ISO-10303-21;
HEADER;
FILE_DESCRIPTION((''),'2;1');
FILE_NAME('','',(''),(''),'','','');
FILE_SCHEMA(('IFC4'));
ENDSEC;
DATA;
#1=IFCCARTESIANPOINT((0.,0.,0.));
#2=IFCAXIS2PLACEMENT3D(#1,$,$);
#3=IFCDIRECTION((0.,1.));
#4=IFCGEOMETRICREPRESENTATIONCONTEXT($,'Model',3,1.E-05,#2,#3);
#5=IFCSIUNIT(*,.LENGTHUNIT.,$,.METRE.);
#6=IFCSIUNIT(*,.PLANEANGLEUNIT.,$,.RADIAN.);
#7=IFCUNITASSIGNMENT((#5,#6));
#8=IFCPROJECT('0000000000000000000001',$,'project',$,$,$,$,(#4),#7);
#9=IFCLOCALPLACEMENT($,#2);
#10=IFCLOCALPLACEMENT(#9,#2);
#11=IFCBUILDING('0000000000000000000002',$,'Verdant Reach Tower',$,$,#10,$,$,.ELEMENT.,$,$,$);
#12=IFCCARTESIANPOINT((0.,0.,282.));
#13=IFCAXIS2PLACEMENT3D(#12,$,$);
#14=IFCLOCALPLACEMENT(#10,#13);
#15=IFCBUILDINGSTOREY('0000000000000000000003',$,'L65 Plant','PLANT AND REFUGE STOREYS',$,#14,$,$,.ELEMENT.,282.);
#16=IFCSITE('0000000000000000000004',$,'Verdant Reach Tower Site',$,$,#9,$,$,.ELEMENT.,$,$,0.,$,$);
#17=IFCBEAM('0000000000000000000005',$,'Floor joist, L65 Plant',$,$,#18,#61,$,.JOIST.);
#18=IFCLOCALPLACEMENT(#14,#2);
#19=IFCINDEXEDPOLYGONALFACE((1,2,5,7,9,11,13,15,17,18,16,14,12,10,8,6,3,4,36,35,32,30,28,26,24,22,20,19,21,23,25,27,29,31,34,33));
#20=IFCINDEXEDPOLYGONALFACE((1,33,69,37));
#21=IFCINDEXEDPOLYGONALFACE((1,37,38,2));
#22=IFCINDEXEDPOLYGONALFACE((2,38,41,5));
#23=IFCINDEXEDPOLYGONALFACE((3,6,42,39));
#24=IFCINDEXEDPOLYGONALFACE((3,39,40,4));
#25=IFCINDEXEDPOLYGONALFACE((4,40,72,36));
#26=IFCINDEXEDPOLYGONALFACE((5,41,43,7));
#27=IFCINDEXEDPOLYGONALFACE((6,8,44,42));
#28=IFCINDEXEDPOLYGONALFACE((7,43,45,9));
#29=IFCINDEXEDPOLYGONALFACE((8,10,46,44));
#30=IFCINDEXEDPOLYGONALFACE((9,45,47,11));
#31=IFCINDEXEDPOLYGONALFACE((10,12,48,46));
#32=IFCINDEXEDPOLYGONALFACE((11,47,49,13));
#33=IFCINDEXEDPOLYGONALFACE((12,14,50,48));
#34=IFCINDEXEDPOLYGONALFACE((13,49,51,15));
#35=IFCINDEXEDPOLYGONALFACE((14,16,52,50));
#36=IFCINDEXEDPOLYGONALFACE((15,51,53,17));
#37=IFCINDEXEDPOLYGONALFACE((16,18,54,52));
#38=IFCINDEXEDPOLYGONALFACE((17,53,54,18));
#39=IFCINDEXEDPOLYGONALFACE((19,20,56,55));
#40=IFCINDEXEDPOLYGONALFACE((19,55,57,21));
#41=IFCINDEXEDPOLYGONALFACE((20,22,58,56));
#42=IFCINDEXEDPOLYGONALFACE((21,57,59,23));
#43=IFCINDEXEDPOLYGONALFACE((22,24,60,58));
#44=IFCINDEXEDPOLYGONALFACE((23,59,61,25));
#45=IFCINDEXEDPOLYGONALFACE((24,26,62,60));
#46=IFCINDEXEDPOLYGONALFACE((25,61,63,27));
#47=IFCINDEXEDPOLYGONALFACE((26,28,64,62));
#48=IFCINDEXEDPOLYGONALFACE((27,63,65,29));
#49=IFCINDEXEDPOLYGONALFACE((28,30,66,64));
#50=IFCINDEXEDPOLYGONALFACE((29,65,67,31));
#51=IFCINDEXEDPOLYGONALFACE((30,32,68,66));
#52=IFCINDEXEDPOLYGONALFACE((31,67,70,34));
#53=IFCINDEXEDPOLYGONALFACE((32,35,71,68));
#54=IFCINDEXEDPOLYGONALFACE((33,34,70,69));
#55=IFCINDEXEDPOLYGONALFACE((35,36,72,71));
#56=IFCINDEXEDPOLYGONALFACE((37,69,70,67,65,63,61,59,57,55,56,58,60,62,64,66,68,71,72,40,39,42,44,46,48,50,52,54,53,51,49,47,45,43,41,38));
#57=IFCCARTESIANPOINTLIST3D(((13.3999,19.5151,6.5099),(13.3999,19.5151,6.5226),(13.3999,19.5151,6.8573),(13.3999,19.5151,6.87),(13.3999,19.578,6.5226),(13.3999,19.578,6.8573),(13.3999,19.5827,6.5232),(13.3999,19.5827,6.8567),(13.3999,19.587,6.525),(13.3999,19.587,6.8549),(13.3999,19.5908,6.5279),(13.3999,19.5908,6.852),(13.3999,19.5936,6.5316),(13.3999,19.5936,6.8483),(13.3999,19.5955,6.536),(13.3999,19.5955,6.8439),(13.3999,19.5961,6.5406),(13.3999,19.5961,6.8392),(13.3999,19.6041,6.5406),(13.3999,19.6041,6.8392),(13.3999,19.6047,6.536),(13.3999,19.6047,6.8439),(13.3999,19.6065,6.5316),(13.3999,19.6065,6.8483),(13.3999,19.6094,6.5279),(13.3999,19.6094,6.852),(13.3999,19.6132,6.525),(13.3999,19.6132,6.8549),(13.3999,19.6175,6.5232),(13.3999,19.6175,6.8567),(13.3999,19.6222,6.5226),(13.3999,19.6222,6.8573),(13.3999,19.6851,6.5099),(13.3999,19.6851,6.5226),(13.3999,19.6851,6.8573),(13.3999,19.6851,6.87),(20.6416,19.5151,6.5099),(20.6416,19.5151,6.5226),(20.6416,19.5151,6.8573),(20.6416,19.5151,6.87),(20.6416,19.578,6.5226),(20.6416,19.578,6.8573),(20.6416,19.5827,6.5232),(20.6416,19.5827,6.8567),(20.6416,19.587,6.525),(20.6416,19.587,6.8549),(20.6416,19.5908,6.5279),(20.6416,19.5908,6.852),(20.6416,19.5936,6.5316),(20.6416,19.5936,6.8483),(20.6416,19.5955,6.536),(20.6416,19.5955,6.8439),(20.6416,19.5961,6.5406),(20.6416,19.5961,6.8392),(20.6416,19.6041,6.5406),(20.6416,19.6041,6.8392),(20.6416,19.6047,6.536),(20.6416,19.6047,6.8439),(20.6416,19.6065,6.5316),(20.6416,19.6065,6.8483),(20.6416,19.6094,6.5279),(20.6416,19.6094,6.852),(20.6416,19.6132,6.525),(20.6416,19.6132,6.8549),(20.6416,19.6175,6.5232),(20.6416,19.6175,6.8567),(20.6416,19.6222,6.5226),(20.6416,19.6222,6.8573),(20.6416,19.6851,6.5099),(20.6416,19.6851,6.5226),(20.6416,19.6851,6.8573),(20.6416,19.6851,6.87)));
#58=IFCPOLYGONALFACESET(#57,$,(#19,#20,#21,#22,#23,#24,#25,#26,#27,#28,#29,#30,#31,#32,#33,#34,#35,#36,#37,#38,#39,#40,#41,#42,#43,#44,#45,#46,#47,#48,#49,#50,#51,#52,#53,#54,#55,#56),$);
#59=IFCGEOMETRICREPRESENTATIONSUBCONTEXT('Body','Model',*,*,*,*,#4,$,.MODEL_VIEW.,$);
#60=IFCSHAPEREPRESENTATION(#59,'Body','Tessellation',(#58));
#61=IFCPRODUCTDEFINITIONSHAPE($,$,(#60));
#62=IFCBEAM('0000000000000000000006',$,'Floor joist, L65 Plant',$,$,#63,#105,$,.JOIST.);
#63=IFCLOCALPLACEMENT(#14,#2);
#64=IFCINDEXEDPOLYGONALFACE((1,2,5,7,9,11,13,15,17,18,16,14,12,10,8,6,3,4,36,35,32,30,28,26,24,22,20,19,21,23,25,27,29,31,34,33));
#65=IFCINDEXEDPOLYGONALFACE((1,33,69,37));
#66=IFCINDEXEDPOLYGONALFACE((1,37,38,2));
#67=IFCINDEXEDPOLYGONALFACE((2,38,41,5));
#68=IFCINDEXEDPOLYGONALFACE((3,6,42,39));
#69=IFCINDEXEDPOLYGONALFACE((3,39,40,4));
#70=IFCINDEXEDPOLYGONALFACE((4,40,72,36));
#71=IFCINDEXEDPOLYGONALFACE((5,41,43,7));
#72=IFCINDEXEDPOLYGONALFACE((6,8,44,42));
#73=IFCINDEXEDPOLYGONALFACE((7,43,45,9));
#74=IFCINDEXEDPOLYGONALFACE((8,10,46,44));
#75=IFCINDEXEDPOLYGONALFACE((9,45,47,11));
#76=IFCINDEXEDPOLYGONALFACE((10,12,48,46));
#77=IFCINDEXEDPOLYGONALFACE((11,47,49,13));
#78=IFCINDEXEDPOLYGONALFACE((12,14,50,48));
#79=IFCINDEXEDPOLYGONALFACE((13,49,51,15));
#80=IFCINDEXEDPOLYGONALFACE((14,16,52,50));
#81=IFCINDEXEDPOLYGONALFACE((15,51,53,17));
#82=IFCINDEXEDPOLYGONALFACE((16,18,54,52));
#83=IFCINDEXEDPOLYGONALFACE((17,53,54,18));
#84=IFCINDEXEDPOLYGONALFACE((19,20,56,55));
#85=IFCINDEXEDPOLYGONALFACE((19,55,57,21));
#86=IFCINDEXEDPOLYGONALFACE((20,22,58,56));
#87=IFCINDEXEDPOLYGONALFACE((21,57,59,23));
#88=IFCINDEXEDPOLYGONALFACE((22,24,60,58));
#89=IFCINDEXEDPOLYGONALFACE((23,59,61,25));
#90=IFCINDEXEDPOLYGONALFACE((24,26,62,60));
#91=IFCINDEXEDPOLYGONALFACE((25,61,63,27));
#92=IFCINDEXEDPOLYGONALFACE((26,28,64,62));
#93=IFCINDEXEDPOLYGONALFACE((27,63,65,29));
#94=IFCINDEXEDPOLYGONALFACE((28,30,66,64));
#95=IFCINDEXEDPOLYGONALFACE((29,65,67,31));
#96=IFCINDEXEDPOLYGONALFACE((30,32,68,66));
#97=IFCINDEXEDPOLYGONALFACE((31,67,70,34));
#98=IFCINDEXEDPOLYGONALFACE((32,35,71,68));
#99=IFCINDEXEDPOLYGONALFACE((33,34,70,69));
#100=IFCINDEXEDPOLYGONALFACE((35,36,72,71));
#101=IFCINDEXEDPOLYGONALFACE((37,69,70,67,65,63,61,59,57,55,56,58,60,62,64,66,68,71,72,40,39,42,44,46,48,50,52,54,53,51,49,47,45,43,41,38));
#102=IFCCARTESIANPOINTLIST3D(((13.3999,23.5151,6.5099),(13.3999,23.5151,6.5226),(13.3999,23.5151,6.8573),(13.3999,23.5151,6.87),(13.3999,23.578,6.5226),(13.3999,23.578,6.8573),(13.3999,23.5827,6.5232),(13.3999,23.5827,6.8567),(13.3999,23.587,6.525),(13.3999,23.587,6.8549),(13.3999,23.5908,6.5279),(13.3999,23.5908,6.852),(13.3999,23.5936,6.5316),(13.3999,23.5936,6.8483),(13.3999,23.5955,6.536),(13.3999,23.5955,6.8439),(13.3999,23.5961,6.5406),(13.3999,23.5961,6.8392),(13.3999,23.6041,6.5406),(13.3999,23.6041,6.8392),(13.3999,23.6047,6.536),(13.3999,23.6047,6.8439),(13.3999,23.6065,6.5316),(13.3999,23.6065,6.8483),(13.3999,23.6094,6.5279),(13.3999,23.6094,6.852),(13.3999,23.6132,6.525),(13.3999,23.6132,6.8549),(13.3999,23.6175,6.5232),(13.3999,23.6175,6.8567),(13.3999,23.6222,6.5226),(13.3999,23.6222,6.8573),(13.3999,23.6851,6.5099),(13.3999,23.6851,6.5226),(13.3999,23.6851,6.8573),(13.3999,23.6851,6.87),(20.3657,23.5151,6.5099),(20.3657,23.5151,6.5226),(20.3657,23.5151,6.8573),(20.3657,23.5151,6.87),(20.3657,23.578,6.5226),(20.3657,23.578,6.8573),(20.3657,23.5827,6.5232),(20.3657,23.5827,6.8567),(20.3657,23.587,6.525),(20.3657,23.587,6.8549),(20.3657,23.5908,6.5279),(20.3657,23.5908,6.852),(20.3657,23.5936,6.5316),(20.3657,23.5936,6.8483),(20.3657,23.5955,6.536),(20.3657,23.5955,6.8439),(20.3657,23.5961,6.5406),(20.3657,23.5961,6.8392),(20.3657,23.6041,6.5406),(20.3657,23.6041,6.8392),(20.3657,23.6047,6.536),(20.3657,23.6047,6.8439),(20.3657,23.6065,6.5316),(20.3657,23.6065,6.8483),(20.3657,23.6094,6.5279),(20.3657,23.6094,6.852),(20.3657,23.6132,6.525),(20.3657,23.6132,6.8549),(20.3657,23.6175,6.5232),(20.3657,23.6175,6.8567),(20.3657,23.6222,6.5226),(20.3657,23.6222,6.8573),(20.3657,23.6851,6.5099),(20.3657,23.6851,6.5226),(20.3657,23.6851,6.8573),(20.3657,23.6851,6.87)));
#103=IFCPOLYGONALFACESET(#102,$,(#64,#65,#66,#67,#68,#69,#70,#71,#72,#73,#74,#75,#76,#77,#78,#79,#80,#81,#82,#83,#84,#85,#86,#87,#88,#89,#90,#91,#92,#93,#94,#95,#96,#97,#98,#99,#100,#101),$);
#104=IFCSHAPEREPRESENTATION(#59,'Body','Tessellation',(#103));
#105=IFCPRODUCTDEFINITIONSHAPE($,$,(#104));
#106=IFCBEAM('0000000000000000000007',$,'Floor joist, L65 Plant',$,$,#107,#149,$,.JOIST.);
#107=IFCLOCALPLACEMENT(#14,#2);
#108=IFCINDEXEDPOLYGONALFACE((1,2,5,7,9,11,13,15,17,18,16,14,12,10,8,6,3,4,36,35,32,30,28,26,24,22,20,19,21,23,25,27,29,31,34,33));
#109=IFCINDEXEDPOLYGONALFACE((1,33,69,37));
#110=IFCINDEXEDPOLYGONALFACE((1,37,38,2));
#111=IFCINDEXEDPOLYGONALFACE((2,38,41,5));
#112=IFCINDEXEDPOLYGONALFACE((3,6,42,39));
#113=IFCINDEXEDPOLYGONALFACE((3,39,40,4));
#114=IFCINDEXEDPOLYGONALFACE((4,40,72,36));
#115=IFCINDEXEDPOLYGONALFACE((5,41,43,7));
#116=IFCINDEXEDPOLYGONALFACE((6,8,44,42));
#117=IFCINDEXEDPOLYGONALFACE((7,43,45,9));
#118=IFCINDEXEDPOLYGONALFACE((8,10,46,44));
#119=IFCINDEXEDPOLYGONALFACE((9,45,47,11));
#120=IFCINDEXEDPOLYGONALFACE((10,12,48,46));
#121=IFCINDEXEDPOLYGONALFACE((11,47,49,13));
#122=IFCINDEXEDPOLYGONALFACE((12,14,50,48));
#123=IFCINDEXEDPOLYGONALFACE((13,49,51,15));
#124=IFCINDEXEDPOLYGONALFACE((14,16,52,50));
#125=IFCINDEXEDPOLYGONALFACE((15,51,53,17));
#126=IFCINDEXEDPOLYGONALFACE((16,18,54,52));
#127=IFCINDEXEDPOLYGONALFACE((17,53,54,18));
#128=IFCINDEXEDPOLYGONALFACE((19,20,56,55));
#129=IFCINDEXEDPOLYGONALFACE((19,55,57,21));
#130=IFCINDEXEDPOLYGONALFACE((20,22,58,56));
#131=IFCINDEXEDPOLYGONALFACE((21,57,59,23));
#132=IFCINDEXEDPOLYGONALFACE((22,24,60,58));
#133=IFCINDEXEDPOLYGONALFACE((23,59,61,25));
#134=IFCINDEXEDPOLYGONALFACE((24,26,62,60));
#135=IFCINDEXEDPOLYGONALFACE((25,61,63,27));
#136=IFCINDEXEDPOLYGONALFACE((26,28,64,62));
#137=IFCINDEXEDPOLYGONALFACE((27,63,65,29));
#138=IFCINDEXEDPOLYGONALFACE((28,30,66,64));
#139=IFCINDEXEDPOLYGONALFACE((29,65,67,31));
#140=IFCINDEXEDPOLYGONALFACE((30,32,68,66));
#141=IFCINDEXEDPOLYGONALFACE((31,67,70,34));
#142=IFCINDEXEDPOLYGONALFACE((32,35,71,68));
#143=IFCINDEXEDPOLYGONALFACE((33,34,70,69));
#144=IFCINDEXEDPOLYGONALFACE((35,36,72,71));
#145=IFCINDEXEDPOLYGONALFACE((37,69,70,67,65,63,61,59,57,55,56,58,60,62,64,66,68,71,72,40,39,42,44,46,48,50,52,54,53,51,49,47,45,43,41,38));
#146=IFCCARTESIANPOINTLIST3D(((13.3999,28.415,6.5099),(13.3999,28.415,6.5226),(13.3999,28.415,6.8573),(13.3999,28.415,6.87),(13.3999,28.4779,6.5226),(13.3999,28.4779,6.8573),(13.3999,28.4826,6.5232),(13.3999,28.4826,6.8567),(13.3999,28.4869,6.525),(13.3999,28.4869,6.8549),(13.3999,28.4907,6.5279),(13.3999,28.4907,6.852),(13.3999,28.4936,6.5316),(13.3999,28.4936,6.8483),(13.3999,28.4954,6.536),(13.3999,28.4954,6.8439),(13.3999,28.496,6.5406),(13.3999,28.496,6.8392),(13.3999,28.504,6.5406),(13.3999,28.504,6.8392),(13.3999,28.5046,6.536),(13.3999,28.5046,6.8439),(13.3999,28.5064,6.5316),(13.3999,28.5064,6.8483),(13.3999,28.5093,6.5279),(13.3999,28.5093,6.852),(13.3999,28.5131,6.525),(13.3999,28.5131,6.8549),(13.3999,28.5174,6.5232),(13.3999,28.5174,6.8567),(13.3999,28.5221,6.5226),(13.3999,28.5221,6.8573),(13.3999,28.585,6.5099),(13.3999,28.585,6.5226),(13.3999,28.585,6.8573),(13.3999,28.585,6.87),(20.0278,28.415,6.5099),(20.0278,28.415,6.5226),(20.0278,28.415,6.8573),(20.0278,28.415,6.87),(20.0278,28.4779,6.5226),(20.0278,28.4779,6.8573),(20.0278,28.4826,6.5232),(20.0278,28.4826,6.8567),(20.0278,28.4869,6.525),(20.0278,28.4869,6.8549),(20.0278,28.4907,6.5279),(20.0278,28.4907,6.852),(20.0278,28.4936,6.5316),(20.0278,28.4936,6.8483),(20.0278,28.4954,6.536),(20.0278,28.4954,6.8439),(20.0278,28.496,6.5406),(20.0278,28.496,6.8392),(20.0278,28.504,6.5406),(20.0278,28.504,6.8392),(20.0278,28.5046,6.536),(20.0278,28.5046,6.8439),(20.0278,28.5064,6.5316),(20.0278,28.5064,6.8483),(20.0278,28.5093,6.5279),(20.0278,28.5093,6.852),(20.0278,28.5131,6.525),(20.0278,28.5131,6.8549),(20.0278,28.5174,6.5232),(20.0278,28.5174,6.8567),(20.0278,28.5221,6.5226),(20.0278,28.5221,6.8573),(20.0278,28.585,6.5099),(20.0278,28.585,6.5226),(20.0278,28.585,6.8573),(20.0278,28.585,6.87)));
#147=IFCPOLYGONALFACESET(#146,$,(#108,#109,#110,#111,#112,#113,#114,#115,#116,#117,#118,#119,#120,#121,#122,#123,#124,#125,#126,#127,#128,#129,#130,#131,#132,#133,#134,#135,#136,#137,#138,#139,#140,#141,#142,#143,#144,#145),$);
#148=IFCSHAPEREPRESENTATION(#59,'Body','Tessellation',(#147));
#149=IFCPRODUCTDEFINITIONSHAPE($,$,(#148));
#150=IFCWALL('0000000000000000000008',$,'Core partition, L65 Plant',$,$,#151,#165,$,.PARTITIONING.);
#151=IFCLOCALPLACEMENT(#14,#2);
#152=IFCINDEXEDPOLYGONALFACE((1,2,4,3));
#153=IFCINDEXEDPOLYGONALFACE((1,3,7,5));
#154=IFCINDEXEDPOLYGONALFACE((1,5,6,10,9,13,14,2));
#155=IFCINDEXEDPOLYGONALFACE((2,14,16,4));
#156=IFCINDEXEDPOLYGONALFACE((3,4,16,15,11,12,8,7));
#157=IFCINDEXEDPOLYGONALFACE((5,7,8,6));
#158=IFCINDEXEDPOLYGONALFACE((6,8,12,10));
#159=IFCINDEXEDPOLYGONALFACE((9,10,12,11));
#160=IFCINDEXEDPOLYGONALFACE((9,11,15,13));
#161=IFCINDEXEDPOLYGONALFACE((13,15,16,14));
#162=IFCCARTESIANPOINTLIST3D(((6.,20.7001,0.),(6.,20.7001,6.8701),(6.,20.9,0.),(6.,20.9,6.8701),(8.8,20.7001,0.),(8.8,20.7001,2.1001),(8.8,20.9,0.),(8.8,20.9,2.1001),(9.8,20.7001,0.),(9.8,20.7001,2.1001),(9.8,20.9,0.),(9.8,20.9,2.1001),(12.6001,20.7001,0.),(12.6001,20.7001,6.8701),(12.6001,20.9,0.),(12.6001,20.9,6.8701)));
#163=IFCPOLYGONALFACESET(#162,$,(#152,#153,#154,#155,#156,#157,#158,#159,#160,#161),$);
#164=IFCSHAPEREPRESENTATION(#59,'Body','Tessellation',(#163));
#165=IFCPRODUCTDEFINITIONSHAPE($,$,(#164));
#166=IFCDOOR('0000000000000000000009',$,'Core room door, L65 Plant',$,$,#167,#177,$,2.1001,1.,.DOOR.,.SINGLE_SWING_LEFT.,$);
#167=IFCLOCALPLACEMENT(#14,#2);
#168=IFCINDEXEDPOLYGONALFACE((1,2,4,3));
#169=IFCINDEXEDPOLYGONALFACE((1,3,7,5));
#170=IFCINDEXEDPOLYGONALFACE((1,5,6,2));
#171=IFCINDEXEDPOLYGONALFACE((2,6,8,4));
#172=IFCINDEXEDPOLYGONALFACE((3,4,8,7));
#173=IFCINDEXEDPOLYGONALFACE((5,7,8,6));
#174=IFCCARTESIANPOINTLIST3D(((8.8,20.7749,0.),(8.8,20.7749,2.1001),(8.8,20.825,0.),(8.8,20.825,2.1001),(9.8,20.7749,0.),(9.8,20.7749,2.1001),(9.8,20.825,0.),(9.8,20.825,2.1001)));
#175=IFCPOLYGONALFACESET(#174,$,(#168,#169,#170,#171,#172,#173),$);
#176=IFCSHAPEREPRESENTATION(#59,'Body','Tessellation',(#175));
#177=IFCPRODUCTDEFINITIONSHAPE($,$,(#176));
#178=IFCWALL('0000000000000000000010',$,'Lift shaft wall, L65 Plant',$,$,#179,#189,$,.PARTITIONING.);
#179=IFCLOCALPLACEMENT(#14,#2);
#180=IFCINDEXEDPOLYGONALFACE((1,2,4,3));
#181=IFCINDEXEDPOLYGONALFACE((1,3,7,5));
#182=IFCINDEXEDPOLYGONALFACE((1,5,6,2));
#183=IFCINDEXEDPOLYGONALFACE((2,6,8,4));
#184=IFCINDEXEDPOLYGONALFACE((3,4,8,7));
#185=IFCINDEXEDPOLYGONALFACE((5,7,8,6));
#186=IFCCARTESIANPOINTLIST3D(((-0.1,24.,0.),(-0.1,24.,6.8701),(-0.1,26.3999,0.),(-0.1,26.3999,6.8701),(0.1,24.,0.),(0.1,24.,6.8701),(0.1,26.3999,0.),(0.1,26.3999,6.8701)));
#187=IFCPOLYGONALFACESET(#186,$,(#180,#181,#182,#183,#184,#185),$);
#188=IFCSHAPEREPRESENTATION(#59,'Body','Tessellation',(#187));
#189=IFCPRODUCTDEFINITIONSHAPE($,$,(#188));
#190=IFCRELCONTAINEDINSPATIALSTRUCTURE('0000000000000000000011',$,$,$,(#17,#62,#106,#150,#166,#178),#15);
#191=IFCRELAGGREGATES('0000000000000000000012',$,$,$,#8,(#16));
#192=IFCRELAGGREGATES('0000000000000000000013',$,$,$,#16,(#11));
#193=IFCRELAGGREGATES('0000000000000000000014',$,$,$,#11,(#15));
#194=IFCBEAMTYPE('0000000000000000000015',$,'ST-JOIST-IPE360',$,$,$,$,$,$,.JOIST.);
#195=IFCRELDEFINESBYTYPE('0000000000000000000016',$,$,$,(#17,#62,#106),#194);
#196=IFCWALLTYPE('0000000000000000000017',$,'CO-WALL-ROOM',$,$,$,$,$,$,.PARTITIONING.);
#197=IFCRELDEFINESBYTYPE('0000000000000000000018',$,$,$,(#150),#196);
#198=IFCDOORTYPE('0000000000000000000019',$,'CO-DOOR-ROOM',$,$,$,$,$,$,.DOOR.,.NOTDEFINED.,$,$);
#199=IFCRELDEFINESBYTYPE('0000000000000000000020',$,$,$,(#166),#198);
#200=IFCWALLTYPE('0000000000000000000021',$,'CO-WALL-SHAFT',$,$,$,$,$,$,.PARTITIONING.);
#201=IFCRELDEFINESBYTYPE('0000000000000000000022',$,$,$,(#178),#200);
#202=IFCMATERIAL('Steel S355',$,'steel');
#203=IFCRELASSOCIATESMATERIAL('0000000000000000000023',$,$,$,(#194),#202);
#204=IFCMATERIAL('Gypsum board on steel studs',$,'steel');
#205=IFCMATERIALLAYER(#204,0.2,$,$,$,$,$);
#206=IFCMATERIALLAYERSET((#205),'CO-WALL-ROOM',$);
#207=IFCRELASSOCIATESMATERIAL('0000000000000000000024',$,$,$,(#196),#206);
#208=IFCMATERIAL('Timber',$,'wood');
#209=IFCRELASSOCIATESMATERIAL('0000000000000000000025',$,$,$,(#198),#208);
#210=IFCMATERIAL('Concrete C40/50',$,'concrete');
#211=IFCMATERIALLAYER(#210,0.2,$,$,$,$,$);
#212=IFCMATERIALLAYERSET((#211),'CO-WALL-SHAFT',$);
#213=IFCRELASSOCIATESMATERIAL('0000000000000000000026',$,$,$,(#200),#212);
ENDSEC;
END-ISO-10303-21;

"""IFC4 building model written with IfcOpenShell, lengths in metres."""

from ifc_helpers import new_model, si_unit, direction, frame, frame_2d, origin, origin_2d, place, context, subcontext, project, spatial, rectangle, i_section, extrude, material, layer, layer_set, material_profile, profile_set, type_object, element, fill, save


model = new_model("IFC4")

# Units and contexts
model_context = context("Model", 3, precision=1e-05, world=origin(), true_north=direction((0.0, 1.0)))
body_context = subcontext(model_context, "Body", "Model", "MODEL_VIEW")
ifc_project = project(units=[si_unit("LENGTHUNIT", "METRE"), si_unit("PLANEANGLEUNIT", "RADIAN")], contexts=[model_context])

# Site, building, storey
site_placement = place(None, origin())
site = spatial("IfcSite", under=ifc_project, at=site_placement, Name="Verdant Reach Tower Site", CompositionType="ELEMENT", RefElevation=0.0)
building_placement = place(site_placement, origin())
building = spatial("IfcBuilding", under=site, at=building_placement, Name="Verdant Reach Tower", CompositionType="ELEMENT")
storey_placement = place(building_placement, frame((0.0, 0.0, 282.0)))
storey = spatial("IfcBuildingStorey", under=building, at=storey_placement, Name="L65 Plant", Description="PLANT AND REFUGE STOREYS", CompositionType="ELEMENT", Elevation=282.0)

# Beams
ifc_material_1 = material(Name="Steel S355", Category="steel")
ifc_material_profile = material_profile(ifc_material_1, i_section(OverallWidth=0.1699, OverallDepth=0.3601, WebThickness=0.0081, FlangeThickness=0.0127, FilletRadius=0.0181, at=origin_2d()), Name="IPE 360")
ifc_profile_set = profile_set([ifc_material_profile], Name="Steel S355")
beam_type = type_object("IfcBeamType", Name="ST-JOIST-IPE360", PredefinedType="JOIST", material=ifc_profile_set)
beam_1_placement = place(storey_placement, frame((13.3999, 19.6001, 6.6899), z_axis=(1.0, 0.0, 0.0), x_axis=(0.0, 1.0, 0.0)))
element("IfcBeam", 1, at=beam_1_placement, inside=storey, type_object=beam_type, Name="Floor joist, L65 Plant", PredefinedType="JOIST", context=body_context, shape_type="SweptSolid", body=[
    extrude(i_section(OverallWidth=0.1699, OverallDepth=0.3601, WebThickness=0.0081, FlangeThickness=0.0127, FilletRadius=0.0181, at=origin_2d()), origin(), (0.0, 0.0, 1.0), 7.2417),
])
beam_2_placement = place(storey_placement, frame((13.3999, 23.6001, 6.6899), z_axis=(1.0, 0.0, 0.0), x_axis=(0.0, 1.0, 0.0)))
element("IfcBeam", 2, at=beam_2_placement, inside=storey, type_object=beam_type, Name="Floor joist, L65 Plant", PredefinedType="JOIST", context=body_context, shape_type="SweptSolid", body=[
    extrude(i_section(OverallWidth=0.1699, OverallDepth=0.3601, WebThickness=0.0081, FlangeThickness=0.0127, FilletRadius=0.0181, at=origin_2d()), origin(), (0.0, 0.0, 1.0), 6.9658),
])
beam_3_placement = place(storey_placement, frame((13.3999, 28.5, 6.6899), z_axis=(1.0, 0.0, 0.0), x_axis=(0.0, 1.0, 0.0)))
element("IfcBeam", 3, at=beam_3_placement, inside=storey, type_object=beam_type, Name="Floor joist, L65 Plant", PredefinedType="JOIST", context=body_context, shape_type="SweptSolid", body=[
    extrude(i_section(OverallWidth=0.1699, OverallDepth=0.3601, WebThickness=0.0081, FlangeThickness=0.0127, FilletRadius=0.0181, at=origin_2d()), origin(), (0.0, 0.0, 1.0), 6.6279),
])

# Wall, opening, door
ifc_material_2 = material(Name="Gypsum board on steel studs", Category="steel")
ifc_layer_1 = layer(ifc_material_2, 0.2)
ifc_layer_set_1 = layer_set([ifc_layer_1], Name="CO-WALL-ROOM")
wall_type_1 = type_object("IfcWallType", Name="CO-WALL-ROOM", PredefinedType="PARTITIONING", material=ifc_layer_set_1)
wall_1_placement = place(storey_placement, frame((6.0, 20.8, 0.0), z_axis=(0.0, 0.0, 1.0), x_axis=(1.0, 0.0, 0.0)))
wall_1 = element("IfcWall", 4, at=wall_1_placement, inside=storey, type_object=wall_type_1, Name="Core partition, L65 Plant", PredefinedType="PARTITIONING", context=body_context, shape_type="SweptSolid", body=[
    extrude(rectangle(XDim=6.6001, YDim=0.2, at=frame_2d((3.3, 0.0))), origin(), (0.0, 0.0, 1.0), 6.8701),
])
opening_1_placement = place(wall_1_placement, frame((2.8, 0.0, 0.0)))
opening_1 = element("IfcOpeningElement", 5, at=opening_1_placement, cuts=wall_1, PredefinedType="OPENING", context=body_context, shape_type="SweptSolid", body=[
    extrude(rectangle(XDim=1.0, YDim=2.1001, at=frame_2d((0.5, 1.05))), frame((0.0, 0.1099, 0.0), z_axis=(0.0, -1.0, 0.0), x_axis=(1.0, 0.0, 0.0)), (0.0, 0.0, 1.0), 0.22),
])
ifc_material_3 = material(Name="Timber", Category="wood")
door_type_1 = type_object("IfcDoorType", Name="CO-DOOR-ROOM", OperationType="NOTDEFINED", PredefinedType="DOOR", material=ifc_material_3)
door_1_placement = place(opening_1_placement, origin())
door_1 = element("IfcDoor", 6, at=door_1_placement, inside=storey, type_object=door_type_1, Name="Core room door, L65 Plant", OperationType="SINGLE_SWING_LEFT", OverallHeight=2.1001, OverallWidth=1.0, PredefinedType="DOOR", context=body_context, shape_type="SweptSolid", body=[
    extrude(rectangle(XDim=1.0, YDim=2.1001, at=frame_2d((0.5, 1.05))), frame((0.0, 0.0249, 0.0), z_axis=(0.0, -1.0, 0.0), x_axis=(1.0, 0.0, 0.0)), (0.0, 0.0, 1.0), 0.05),
])
fill(opening_1, door_1)

# Wall
ifc_material_4 = material(Name="Concrete C40/50", Category="concrete")
ifc_layer_2 = layer(ifc_material_4, 0.2)
ifc_layer_set_2 = layer_set([ifc_layer_2], Name="CO-WALL-SHAFT")
wall_type_2 = type_object("IfcWallType", Name="CO-WALL-SHAFT", PredefinedType="PARTITIONING", material=ifc_layer_set_2)
for number, where, z_axis, x_axis, name in (
    (7, (0.0, 24.0, 0.0), (0.0, 0.0, 1.0), (0.0, 1.0, 0.0), "Lift shaft wall, L65 Plant"),
):
    element("IfcWall", number, at=place(storey_placement, frame(where, z_axis=z_axis, x_axis=x_axis)), inside=storey, type_object=wall_type_2, Name=name, PredefinedType="PARTITIONING", context=body_context, shape_type="SweptSolid", body=[
        extrude(rectangle(XDim=2.3999, YDim=0.2, at=frame_2d((1.2, 0.0))), origin(), (0.0, 0.0, 1.0), 6.8701),
    ])

save(model, "model.ifc")
